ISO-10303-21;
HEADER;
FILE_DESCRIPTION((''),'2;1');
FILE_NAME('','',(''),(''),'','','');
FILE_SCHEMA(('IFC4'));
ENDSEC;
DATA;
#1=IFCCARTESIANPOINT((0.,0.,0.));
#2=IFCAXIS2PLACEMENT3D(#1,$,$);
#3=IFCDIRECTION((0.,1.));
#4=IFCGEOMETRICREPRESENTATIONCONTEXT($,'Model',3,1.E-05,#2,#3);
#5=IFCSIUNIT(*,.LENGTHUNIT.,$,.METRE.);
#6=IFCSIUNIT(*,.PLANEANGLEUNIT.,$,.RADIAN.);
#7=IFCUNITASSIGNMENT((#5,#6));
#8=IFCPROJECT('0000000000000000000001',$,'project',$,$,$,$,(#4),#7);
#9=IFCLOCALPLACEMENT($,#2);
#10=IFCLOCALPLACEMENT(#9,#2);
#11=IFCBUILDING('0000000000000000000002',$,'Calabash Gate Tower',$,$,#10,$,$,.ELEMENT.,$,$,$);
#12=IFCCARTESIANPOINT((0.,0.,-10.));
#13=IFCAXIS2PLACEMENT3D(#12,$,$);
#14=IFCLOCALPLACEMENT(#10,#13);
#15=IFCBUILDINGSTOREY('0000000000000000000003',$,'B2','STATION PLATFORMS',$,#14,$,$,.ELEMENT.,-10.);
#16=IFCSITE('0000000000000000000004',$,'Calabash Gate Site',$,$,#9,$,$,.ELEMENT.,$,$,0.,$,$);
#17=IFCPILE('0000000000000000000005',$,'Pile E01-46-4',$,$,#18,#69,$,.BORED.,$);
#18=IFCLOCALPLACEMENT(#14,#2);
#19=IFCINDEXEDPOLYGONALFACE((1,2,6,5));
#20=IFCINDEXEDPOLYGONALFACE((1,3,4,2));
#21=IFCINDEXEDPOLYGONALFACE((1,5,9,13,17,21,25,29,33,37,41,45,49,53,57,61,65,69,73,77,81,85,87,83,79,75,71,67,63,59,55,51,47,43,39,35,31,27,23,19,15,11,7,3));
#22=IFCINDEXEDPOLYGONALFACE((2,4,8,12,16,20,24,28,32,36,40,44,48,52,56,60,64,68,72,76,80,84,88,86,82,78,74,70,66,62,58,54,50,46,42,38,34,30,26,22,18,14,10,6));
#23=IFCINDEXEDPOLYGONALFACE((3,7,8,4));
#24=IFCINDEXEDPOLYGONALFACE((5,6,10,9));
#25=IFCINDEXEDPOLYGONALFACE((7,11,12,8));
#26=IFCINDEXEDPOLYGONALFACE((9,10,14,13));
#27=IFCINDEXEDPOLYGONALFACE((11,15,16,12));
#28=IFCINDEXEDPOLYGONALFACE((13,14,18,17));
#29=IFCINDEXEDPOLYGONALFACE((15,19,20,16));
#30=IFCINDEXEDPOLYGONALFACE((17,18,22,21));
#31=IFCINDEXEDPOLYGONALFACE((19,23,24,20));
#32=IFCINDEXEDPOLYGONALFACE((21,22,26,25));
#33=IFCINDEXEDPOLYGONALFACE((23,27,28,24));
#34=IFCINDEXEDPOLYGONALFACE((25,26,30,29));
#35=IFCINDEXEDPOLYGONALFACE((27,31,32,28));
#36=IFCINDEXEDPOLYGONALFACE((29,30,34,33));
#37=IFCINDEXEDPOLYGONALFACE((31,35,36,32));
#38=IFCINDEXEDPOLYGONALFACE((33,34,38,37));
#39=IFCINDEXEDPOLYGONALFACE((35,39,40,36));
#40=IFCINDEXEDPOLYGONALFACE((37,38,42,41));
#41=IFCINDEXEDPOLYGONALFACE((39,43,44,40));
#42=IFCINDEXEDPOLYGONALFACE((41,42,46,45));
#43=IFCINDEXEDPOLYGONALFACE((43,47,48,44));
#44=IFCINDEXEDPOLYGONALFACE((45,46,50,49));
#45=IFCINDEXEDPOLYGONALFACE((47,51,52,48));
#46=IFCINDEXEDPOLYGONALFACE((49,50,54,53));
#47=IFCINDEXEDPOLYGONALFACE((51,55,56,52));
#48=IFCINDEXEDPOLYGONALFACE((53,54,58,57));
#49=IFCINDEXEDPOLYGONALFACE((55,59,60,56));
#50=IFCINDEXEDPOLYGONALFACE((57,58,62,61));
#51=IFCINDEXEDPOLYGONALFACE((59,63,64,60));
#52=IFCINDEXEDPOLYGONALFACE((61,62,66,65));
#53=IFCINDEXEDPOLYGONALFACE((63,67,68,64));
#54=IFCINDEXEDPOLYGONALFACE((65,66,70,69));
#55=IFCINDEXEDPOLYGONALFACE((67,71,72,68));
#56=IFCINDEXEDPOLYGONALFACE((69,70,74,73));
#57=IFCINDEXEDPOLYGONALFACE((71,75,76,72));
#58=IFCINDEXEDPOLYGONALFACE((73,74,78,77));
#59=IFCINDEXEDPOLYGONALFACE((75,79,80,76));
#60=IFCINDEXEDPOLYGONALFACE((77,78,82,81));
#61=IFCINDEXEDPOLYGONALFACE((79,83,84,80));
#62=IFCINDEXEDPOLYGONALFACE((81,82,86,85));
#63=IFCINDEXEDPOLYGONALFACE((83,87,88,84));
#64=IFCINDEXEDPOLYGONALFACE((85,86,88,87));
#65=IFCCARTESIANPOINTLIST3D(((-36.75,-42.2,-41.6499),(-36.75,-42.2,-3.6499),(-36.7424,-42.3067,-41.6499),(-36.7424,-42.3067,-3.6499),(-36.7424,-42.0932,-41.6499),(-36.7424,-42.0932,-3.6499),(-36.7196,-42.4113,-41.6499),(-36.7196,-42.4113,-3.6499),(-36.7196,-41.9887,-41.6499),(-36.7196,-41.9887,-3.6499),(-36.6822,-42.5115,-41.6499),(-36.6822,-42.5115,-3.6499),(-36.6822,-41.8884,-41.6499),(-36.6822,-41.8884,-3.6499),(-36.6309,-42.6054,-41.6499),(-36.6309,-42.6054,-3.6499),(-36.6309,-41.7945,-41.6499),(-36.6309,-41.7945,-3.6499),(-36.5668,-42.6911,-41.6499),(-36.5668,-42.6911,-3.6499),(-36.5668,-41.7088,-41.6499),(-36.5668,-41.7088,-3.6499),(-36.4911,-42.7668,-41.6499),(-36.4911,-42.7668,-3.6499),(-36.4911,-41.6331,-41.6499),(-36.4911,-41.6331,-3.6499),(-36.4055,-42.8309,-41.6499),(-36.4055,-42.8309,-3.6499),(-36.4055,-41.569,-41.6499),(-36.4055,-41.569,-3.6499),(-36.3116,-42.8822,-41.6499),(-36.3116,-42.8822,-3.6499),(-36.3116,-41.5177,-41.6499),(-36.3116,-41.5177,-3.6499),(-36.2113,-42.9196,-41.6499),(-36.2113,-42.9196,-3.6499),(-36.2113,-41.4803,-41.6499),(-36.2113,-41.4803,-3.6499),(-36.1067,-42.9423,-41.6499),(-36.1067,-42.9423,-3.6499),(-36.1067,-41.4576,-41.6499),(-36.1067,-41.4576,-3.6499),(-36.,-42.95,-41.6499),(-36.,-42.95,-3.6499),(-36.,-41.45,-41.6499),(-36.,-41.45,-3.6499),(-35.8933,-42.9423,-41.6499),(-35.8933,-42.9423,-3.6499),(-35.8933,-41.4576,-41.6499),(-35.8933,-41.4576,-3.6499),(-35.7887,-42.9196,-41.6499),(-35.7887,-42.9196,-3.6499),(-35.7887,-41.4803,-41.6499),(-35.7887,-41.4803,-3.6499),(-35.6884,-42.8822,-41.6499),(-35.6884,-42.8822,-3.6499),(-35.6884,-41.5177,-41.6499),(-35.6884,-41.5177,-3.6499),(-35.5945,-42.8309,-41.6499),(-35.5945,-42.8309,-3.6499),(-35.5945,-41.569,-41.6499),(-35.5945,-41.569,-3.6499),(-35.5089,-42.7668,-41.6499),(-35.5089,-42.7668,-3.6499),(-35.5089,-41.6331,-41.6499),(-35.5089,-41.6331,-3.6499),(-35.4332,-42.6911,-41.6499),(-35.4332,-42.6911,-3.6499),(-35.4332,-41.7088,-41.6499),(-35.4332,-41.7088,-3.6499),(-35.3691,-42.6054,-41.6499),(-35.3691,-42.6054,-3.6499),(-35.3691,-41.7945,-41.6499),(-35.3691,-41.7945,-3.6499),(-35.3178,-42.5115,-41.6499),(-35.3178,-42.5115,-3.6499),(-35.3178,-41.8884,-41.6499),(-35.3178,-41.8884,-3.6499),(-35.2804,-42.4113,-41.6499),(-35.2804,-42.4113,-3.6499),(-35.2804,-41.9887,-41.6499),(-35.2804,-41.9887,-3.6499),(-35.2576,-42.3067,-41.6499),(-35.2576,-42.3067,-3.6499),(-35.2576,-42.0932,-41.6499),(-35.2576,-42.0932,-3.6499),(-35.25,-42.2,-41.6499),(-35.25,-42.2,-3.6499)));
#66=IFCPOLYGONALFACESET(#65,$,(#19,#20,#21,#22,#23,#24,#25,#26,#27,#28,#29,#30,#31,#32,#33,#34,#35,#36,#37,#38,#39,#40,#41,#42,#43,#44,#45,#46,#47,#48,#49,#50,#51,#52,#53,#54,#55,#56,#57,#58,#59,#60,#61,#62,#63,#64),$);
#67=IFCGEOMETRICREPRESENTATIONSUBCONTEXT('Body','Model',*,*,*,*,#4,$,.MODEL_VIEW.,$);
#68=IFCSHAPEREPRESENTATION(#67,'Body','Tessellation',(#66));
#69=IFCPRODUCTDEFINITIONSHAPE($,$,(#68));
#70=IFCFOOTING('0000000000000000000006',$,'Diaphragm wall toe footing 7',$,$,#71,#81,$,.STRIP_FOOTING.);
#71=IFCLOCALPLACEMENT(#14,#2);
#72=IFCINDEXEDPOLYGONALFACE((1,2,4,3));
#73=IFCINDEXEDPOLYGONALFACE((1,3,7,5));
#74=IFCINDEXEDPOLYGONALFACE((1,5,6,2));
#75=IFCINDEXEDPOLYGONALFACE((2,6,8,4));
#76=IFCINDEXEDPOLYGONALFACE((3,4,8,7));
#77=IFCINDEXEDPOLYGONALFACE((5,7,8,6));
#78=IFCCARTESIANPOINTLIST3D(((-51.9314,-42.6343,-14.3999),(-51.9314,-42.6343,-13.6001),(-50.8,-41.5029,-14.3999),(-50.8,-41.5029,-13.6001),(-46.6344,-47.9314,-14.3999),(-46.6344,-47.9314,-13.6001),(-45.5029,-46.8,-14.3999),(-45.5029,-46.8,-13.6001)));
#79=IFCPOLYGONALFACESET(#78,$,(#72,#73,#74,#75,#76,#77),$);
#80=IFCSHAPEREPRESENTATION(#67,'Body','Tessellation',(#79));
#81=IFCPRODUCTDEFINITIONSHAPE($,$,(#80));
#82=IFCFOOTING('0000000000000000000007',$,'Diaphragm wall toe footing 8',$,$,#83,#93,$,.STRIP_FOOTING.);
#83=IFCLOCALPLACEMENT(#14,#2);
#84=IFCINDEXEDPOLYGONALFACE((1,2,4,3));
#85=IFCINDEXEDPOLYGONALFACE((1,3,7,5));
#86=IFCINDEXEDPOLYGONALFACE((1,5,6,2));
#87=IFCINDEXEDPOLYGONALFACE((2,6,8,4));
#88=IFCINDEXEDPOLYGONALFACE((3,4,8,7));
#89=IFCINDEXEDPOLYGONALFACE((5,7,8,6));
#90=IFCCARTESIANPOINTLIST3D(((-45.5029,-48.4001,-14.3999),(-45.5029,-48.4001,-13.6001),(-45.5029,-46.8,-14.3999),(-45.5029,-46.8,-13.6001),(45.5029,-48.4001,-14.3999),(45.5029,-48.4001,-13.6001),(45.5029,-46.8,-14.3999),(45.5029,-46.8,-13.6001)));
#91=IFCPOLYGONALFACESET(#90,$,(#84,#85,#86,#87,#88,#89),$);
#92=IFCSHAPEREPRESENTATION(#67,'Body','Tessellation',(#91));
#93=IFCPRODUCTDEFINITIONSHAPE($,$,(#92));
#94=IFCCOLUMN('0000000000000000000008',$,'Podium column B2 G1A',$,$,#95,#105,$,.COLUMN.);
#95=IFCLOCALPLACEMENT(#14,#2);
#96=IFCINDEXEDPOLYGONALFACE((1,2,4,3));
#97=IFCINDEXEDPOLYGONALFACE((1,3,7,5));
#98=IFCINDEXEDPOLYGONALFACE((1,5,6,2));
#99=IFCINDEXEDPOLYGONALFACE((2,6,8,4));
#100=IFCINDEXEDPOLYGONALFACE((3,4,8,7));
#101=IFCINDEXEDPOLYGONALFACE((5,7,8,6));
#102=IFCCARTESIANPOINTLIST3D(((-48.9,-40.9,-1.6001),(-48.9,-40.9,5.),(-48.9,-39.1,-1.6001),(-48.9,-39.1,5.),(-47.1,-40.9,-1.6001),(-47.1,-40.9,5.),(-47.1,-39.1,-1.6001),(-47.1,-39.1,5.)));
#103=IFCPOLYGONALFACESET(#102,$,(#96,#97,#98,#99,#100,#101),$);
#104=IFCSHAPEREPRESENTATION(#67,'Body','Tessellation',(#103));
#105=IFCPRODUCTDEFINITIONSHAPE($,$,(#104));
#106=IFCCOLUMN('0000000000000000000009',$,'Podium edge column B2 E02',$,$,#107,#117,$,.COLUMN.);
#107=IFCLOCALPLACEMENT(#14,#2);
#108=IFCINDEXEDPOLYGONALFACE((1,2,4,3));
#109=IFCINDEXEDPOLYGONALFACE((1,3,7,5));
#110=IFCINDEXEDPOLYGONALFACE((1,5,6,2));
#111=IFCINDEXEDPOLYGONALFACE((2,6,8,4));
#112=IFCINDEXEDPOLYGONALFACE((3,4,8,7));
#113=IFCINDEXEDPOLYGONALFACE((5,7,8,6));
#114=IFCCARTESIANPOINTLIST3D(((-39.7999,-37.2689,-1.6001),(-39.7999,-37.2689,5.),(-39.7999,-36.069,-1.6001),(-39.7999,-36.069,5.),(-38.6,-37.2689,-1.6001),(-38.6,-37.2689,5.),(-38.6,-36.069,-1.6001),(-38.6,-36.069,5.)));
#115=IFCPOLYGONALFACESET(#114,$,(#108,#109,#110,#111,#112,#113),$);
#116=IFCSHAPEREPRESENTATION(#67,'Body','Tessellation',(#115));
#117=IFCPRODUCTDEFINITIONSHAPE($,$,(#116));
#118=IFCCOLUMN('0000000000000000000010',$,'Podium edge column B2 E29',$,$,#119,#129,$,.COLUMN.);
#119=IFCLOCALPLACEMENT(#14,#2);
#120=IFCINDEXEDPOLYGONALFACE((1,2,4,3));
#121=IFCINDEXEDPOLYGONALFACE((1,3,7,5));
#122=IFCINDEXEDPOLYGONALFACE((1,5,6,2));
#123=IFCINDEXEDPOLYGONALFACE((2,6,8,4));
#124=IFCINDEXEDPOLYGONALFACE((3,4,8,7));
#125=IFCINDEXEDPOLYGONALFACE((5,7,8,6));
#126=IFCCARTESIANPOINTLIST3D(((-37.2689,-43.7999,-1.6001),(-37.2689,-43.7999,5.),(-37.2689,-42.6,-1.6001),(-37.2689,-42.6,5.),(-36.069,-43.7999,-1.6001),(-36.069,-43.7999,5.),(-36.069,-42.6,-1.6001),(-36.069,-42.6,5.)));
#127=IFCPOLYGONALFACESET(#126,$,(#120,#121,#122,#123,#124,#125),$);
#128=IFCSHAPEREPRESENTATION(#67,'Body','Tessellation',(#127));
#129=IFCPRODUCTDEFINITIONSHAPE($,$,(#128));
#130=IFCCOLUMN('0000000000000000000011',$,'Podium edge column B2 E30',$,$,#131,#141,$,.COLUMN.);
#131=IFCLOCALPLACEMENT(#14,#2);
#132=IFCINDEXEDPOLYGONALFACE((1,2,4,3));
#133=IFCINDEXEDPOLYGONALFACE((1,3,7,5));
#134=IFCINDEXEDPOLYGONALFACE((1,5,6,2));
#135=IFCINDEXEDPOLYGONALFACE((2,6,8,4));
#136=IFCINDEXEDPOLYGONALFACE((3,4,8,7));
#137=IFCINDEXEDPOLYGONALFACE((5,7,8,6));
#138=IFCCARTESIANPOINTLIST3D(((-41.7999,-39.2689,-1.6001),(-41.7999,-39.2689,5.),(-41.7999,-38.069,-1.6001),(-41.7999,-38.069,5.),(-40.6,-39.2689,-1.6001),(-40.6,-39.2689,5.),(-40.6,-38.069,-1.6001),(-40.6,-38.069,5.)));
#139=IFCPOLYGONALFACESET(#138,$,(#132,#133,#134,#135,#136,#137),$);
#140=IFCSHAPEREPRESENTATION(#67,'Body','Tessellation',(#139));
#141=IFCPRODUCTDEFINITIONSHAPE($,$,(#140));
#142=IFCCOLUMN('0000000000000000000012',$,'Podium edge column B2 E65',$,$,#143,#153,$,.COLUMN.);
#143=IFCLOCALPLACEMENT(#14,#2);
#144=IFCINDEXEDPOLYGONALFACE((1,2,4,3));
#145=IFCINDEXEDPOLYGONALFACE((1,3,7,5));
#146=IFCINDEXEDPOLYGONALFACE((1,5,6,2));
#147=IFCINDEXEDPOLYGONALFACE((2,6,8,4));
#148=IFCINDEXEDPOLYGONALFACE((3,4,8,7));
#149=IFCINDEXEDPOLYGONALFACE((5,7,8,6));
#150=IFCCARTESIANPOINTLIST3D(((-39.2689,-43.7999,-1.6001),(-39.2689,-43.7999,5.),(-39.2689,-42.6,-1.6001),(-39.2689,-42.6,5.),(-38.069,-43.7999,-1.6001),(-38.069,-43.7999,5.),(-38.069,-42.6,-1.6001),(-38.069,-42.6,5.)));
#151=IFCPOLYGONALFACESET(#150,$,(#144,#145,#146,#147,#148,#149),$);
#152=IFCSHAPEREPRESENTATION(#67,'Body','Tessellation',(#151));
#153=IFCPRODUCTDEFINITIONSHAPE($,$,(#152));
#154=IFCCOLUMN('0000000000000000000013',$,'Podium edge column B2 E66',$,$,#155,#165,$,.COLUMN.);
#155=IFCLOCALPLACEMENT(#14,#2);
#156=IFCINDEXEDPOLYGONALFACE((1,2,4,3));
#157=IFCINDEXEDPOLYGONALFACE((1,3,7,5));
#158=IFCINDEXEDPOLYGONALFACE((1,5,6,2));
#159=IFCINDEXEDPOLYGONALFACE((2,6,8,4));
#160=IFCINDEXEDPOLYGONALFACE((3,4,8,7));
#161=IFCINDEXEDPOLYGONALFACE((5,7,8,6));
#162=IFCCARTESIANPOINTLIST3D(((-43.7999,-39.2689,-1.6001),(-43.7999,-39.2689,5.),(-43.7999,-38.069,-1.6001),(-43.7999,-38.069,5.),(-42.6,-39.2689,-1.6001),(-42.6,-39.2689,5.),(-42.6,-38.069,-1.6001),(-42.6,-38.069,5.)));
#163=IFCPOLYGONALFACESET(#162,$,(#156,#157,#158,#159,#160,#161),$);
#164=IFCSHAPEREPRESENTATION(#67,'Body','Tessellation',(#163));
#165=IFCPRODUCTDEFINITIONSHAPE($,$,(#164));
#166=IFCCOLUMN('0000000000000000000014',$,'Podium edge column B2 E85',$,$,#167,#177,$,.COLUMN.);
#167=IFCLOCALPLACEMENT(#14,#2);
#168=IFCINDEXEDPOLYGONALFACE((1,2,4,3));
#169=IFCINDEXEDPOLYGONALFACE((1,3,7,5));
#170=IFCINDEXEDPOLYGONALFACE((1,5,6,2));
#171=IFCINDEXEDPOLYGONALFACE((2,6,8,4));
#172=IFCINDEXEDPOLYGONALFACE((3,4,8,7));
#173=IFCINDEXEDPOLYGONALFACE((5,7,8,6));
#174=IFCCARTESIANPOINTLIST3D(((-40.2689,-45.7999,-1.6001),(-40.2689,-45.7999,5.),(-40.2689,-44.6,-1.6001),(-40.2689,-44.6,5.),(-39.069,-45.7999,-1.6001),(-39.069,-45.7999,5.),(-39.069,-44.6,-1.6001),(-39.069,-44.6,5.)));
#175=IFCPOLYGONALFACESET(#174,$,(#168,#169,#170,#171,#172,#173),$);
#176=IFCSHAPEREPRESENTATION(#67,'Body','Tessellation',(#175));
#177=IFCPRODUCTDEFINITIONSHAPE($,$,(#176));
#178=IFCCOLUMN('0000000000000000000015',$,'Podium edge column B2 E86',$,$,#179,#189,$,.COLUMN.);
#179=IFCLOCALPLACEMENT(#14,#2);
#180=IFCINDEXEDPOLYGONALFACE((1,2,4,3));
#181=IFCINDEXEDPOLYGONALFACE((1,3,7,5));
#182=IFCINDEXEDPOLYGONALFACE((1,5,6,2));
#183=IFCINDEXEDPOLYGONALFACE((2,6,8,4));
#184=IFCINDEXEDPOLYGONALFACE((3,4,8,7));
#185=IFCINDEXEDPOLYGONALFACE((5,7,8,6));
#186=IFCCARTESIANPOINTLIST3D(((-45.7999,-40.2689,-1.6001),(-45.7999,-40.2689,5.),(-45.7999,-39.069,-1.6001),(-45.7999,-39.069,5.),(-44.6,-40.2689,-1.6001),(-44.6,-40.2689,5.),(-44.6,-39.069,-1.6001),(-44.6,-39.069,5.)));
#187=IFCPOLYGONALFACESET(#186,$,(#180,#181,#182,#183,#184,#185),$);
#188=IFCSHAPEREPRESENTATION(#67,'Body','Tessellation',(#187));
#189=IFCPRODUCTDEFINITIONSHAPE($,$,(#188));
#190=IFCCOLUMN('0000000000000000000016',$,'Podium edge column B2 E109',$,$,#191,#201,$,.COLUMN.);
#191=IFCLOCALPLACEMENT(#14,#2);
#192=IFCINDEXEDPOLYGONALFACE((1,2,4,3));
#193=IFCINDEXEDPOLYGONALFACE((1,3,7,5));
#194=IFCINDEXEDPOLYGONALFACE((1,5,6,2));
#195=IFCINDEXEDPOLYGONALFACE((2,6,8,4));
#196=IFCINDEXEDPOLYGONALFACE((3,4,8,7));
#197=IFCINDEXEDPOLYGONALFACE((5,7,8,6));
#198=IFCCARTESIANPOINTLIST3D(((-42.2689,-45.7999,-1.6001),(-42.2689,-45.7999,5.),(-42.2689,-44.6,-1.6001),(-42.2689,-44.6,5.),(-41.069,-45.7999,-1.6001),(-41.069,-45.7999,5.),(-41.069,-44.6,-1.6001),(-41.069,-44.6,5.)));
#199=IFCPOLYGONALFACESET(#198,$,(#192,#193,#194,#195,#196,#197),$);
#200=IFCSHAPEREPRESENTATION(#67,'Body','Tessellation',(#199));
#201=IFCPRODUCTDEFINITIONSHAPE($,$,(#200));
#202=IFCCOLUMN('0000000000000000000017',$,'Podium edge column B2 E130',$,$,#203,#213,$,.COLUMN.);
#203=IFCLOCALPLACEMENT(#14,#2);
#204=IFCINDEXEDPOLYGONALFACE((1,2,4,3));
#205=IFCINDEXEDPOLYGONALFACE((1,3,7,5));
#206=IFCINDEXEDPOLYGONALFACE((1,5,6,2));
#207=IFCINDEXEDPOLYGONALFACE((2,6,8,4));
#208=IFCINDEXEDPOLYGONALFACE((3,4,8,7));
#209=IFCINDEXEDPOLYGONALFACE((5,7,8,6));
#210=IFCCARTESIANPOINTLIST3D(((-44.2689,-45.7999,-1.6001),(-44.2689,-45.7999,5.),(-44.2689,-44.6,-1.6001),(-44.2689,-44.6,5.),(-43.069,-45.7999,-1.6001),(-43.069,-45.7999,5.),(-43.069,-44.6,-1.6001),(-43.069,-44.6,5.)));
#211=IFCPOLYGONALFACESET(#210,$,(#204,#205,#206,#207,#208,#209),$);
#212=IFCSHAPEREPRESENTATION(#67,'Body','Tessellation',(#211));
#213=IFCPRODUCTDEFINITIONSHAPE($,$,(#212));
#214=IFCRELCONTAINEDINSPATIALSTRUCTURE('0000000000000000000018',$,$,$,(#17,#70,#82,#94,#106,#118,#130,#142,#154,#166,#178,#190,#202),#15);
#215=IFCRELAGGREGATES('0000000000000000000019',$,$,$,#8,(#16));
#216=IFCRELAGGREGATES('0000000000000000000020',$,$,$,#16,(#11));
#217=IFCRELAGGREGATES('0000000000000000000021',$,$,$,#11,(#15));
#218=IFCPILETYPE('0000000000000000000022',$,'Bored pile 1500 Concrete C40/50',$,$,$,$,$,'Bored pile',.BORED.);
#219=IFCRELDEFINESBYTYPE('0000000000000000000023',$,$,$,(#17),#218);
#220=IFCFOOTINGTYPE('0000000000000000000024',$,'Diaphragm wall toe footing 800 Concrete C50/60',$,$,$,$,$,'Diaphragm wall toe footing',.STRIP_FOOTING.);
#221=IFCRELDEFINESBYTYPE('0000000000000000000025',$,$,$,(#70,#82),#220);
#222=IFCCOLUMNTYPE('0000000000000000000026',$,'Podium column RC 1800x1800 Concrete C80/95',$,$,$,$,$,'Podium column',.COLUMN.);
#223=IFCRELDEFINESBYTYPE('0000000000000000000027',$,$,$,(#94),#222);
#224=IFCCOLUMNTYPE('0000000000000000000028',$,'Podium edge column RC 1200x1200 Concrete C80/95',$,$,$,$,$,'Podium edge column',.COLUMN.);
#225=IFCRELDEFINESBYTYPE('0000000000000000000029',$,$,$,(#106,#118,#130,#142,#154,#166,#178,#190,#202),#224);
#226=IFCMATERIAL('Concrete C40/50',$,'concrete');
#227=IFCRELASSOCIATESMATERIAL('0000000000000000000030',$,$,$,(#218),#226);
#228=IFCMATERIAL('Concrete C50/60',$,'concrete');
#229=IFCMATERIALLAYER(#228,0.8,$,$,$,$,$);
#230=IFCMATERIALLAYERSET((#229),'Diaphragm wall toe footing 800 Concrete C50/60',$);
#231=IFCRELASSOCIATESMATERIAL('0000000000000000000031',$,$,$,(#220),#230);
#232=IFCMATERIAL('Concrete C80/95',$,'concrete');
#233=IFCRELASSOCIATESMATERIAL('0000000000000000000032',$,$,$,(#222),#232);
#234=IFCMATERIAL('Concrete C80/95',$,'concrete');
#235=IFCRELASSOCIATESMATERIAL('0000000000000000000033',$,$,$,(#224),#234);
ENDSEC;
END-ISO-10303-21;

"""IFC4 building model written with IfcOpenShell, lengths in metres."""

from ifc_helpers import new_model, si_unit, direction, frame, frame_2d, origin, origin_2d, place, context, subcontext, project, spatial, rectangle, circle, extrude, material, layer, layer_set, material_profile, profile_set, type_object, element, save


model = new_model("IFC4")

# Units and contexts
model_context = context("Model", 3, precision=1e-05, world=origin(), true_north=direction((0.0, 1.0)))
body_context = subcontext(model_context, "Body", "Model", "MODEL_VIEW")
ifc_project = project(units=[si_unit("LENGTHUNIT", "METRE"), si_unit("PLANEANGLEUNIT", "RADIAN")], contexts=[model_context])

# Site, building, storey
site_placement = place(None, origin())
site = spatial("IfcSite", under=ifc_project, at=site_placement, Name="Calabash Gate Site", CompositionType="ELEMENT", RefElevation=0.0)
building_placement = place(site_placement, origin())
building = spatial("IfcBuilding", under=site, at=building_placement, Name="Calabash Gate Tower", CompositionType="ELEMENT")
storey_placement = place(building_placement, frame((0.0, 0.0, -10.0)))
storey = spatial("IfcBuildingStorey", under=building, at=storey_placement, Name="B2", Description="STATION PLATFORMS", CompositionType="ELEMENT", Elevation=-10.0)

# Pile
ifc_material_1 = material(Name="Concrete C40/50", Category="concrete")
ifc_material_profile_1 = material_profile(ifc_material_1, circle(Radius=0.75, at=origin_2d()))
ifc_profile_set_1 = profile_set([ifc_material_profile_1], Name="Concrete C40/50")
pile_type = type_object("IfcPileType", Name="Bored pile 1500 Concrete C40/50", ElementType="Bored pile", PredefinedType="BORED", material=ifc_profile_set_1)
for number, where, z_axis, x_axis, name in (
    (1, (-36.0, -42.2, -3.6499), (0.0, 0.0, -1.0), (1.0, 0.0, 0.0), "Pile E01-46-4"),
):
    element("IfcPile", number, at=place(storey_placement, frame(where, z_axis=z_axis, x_axis=x_axis)), inside=storey, type_object=pile_type, Name=name, PredefinedType="BORED", context=body_context, shape_type="SweptSolid", body=[
        extrude(circle(Radius=0.75, at=origin_2d()), origin(), (0.0, 0.0, 1.0), 38.0),
    ])

# Footings
ifc_material_2 = material(Name="Concrete C50/60", Category="concrete")
ifc_layer_1 = layer(ifc_material_2, 0.8)
ifc_layer_set_1 = layer_set([ifc_layer_1], Name="Diaphragm wall toe footing 800 Concrete C50/60")
footing_type = type_object("IfcFootingType", Name="Diaphragm wall toe footing 800 Concrete C50/60", ElementType="Diaphragm wall toe footing", PredefinedType="STRIP_FOOTING", material=ifc_layer_set_1)
footing_1_placement = place(storey_placement, frame((-51.3657, -42.0686, -14.3999), z_axis=(0.0, 0.0, 1.0), x_axis=(0.707107, -0.707107, 0.0)))
element("IfcFooting", 2, at=footing_1_placement, inside=storey, type_object=footing_type, Name="Diaphragm wall toe footing 7", PredefinedType="STRIP_FOOTING", context=body_context, shape_type="SweptSolid", body=[
    extrude(rectangle(XDim=7.4912, YDim=1.6001, at=frame_2d((3.7456, 0.0))), origin(), (0.0, 0.0, 1.0), 0.7998),
])
footing_2_placement = place(storey_placement, frame((-45.5029, -47.6001, -14.3999), z_axis=(0.0, 0.0, 1.0), x_axis=(1.0, 0.0, 0.0)))
element("IfcFooting", 3, at=footing_2_placement, inside=storey, type_object=footing_type, Name="Diaphragm wall toe footing 8", PredefinedType="STRIP_FOOTING", context=body_context, shape_type="SweptSolid", body=[
    extrude(rectangle(XDim=91.0059, YDim=1.6001, at=frame_2d((45.5029, 0.0))), origin(), (0.0, 0.0, 1.0), 0.7998),
])

# Columns
ifc_material_3 = material(Name="Concrete C80/95", Category="concrete")
ifc_material_profile_2 = material_profile(ifc_material_3, rectangle(XDim=1.8, YDim=1.8, at=origin_2d()))
ifc_profile_set_2 = profile_set([ifc_material_profile_2], Name="Concrete C80/95")
column_type_1 = type_object("IfcColumnType", Name="Podium column RC 1800x1800 Concrete C80/95", ElementType="Podium column", PredefinedType="COLUMN", material=ifc_profile_set_2)
column_placement = place(storey_placement, frame((-48.0, -40.0, -1.6001), z_axis=(0.0, 0.0, 1.0), x_axis=(1.0, 0.0, 0.0)))
element("IfcColumn", 4, at=column_placement, inside=storey, type_object=column_type_1, Name="Podium column B2 G1A", PredefinedType="COLUMN", context=body_context, shape_type="SweptSolid", body=[
    extrude(rectangle(XDim=1.8, YDim=1.8, at=origin_2d()), origin(), (0.0, 0.0, 1.0), 6.6001),
])
ifc_material_4 = material(Name="Concrete C80/95", Category="concrete")
ifc_material_profile_3 = material_profile(ifc_material_4, rectangle(XDim=1.2, YDim=1.2, at=origin_2d()))
ifc_profile_set_3 = profile_set([ifc_material_profile_3], Name="Concrete C80/95")
column_type_2 = type_object("IfcColumnType", Name="Podium edge column RC 1200x1200 Concrete C80/95", ElementType="Podium edge column", PredefinedType="COLUMN", material=ifc_profile_set_3)
for number, where, z_axis, x_axis, name in (
    (5, (-39.2, -36.6689, -1.6001), (0.0, 0.0, 1.0), (1.0, 0.0, 0.0), "Podium edge column B2 E02"),
    (6, (-36.6689, -43.2, -1.6001), (0.0, 0.0, 1.0), (1.0, 0.0, 0.0), "Podium edge column B2 E29"),
    (7, (-41.2, -38.6689, -1.6001), (0.0, 0.0, 1.0), (1.0, 0.0, 0.0), "Podium edge column B2 E30"),
    (8, (-38.6689, -43.2, -1.6001), (0.0, 0.0, 1.0), (1.0, 0.0, 0.0), "Podium edge column B2 E65"),
    (9, (-43.2, -38.6689, -1.6001), (0.0, 0.0, 1.0), (1.0, 0.0, 0.0), "Podium edge column B2 E66"),
    (10, (-39.6689, -45.2, -1.6001), (0.0, 0.0, 1.0), (1.0, 0.0, 0.0), "Podium edge column B2 E85"),
    (11, (-45.2, -39.6689, -1.6001), (0.0, 0.0, 1.0), (1.0, 0.0, 0.0), "Podium edge column B2 E86"),
    (12, (-41.6689, -45.2, -1.6001), (0.0, 0.0, 1.0), (1.0, 0.0, 0.0), "Podium edge column B2 E109"),
    (13, (-43.6689, -45.2, -1.6001), (0.0, 0.0, 1.0), (1.0, 0.0, 0.0), "Podium edge column B2 E130"),
):
    element("IfcColumn", number, at=place(storey_placement, frame(where, z_axis=z_axis, x_axis=x_axis)), inside=storey, type_object=column_type_2, Name=name, PredefinedType="COLUMN", context=body_context, shape_type="SweptSolid", body=[
        extrude(rectangle(XDim=1.2, YDim=1.2, at=origin_2d()), origin(), (0.0, 0.0, 1.0), 6.6001),
    ])

save(model, "model.ifc")
